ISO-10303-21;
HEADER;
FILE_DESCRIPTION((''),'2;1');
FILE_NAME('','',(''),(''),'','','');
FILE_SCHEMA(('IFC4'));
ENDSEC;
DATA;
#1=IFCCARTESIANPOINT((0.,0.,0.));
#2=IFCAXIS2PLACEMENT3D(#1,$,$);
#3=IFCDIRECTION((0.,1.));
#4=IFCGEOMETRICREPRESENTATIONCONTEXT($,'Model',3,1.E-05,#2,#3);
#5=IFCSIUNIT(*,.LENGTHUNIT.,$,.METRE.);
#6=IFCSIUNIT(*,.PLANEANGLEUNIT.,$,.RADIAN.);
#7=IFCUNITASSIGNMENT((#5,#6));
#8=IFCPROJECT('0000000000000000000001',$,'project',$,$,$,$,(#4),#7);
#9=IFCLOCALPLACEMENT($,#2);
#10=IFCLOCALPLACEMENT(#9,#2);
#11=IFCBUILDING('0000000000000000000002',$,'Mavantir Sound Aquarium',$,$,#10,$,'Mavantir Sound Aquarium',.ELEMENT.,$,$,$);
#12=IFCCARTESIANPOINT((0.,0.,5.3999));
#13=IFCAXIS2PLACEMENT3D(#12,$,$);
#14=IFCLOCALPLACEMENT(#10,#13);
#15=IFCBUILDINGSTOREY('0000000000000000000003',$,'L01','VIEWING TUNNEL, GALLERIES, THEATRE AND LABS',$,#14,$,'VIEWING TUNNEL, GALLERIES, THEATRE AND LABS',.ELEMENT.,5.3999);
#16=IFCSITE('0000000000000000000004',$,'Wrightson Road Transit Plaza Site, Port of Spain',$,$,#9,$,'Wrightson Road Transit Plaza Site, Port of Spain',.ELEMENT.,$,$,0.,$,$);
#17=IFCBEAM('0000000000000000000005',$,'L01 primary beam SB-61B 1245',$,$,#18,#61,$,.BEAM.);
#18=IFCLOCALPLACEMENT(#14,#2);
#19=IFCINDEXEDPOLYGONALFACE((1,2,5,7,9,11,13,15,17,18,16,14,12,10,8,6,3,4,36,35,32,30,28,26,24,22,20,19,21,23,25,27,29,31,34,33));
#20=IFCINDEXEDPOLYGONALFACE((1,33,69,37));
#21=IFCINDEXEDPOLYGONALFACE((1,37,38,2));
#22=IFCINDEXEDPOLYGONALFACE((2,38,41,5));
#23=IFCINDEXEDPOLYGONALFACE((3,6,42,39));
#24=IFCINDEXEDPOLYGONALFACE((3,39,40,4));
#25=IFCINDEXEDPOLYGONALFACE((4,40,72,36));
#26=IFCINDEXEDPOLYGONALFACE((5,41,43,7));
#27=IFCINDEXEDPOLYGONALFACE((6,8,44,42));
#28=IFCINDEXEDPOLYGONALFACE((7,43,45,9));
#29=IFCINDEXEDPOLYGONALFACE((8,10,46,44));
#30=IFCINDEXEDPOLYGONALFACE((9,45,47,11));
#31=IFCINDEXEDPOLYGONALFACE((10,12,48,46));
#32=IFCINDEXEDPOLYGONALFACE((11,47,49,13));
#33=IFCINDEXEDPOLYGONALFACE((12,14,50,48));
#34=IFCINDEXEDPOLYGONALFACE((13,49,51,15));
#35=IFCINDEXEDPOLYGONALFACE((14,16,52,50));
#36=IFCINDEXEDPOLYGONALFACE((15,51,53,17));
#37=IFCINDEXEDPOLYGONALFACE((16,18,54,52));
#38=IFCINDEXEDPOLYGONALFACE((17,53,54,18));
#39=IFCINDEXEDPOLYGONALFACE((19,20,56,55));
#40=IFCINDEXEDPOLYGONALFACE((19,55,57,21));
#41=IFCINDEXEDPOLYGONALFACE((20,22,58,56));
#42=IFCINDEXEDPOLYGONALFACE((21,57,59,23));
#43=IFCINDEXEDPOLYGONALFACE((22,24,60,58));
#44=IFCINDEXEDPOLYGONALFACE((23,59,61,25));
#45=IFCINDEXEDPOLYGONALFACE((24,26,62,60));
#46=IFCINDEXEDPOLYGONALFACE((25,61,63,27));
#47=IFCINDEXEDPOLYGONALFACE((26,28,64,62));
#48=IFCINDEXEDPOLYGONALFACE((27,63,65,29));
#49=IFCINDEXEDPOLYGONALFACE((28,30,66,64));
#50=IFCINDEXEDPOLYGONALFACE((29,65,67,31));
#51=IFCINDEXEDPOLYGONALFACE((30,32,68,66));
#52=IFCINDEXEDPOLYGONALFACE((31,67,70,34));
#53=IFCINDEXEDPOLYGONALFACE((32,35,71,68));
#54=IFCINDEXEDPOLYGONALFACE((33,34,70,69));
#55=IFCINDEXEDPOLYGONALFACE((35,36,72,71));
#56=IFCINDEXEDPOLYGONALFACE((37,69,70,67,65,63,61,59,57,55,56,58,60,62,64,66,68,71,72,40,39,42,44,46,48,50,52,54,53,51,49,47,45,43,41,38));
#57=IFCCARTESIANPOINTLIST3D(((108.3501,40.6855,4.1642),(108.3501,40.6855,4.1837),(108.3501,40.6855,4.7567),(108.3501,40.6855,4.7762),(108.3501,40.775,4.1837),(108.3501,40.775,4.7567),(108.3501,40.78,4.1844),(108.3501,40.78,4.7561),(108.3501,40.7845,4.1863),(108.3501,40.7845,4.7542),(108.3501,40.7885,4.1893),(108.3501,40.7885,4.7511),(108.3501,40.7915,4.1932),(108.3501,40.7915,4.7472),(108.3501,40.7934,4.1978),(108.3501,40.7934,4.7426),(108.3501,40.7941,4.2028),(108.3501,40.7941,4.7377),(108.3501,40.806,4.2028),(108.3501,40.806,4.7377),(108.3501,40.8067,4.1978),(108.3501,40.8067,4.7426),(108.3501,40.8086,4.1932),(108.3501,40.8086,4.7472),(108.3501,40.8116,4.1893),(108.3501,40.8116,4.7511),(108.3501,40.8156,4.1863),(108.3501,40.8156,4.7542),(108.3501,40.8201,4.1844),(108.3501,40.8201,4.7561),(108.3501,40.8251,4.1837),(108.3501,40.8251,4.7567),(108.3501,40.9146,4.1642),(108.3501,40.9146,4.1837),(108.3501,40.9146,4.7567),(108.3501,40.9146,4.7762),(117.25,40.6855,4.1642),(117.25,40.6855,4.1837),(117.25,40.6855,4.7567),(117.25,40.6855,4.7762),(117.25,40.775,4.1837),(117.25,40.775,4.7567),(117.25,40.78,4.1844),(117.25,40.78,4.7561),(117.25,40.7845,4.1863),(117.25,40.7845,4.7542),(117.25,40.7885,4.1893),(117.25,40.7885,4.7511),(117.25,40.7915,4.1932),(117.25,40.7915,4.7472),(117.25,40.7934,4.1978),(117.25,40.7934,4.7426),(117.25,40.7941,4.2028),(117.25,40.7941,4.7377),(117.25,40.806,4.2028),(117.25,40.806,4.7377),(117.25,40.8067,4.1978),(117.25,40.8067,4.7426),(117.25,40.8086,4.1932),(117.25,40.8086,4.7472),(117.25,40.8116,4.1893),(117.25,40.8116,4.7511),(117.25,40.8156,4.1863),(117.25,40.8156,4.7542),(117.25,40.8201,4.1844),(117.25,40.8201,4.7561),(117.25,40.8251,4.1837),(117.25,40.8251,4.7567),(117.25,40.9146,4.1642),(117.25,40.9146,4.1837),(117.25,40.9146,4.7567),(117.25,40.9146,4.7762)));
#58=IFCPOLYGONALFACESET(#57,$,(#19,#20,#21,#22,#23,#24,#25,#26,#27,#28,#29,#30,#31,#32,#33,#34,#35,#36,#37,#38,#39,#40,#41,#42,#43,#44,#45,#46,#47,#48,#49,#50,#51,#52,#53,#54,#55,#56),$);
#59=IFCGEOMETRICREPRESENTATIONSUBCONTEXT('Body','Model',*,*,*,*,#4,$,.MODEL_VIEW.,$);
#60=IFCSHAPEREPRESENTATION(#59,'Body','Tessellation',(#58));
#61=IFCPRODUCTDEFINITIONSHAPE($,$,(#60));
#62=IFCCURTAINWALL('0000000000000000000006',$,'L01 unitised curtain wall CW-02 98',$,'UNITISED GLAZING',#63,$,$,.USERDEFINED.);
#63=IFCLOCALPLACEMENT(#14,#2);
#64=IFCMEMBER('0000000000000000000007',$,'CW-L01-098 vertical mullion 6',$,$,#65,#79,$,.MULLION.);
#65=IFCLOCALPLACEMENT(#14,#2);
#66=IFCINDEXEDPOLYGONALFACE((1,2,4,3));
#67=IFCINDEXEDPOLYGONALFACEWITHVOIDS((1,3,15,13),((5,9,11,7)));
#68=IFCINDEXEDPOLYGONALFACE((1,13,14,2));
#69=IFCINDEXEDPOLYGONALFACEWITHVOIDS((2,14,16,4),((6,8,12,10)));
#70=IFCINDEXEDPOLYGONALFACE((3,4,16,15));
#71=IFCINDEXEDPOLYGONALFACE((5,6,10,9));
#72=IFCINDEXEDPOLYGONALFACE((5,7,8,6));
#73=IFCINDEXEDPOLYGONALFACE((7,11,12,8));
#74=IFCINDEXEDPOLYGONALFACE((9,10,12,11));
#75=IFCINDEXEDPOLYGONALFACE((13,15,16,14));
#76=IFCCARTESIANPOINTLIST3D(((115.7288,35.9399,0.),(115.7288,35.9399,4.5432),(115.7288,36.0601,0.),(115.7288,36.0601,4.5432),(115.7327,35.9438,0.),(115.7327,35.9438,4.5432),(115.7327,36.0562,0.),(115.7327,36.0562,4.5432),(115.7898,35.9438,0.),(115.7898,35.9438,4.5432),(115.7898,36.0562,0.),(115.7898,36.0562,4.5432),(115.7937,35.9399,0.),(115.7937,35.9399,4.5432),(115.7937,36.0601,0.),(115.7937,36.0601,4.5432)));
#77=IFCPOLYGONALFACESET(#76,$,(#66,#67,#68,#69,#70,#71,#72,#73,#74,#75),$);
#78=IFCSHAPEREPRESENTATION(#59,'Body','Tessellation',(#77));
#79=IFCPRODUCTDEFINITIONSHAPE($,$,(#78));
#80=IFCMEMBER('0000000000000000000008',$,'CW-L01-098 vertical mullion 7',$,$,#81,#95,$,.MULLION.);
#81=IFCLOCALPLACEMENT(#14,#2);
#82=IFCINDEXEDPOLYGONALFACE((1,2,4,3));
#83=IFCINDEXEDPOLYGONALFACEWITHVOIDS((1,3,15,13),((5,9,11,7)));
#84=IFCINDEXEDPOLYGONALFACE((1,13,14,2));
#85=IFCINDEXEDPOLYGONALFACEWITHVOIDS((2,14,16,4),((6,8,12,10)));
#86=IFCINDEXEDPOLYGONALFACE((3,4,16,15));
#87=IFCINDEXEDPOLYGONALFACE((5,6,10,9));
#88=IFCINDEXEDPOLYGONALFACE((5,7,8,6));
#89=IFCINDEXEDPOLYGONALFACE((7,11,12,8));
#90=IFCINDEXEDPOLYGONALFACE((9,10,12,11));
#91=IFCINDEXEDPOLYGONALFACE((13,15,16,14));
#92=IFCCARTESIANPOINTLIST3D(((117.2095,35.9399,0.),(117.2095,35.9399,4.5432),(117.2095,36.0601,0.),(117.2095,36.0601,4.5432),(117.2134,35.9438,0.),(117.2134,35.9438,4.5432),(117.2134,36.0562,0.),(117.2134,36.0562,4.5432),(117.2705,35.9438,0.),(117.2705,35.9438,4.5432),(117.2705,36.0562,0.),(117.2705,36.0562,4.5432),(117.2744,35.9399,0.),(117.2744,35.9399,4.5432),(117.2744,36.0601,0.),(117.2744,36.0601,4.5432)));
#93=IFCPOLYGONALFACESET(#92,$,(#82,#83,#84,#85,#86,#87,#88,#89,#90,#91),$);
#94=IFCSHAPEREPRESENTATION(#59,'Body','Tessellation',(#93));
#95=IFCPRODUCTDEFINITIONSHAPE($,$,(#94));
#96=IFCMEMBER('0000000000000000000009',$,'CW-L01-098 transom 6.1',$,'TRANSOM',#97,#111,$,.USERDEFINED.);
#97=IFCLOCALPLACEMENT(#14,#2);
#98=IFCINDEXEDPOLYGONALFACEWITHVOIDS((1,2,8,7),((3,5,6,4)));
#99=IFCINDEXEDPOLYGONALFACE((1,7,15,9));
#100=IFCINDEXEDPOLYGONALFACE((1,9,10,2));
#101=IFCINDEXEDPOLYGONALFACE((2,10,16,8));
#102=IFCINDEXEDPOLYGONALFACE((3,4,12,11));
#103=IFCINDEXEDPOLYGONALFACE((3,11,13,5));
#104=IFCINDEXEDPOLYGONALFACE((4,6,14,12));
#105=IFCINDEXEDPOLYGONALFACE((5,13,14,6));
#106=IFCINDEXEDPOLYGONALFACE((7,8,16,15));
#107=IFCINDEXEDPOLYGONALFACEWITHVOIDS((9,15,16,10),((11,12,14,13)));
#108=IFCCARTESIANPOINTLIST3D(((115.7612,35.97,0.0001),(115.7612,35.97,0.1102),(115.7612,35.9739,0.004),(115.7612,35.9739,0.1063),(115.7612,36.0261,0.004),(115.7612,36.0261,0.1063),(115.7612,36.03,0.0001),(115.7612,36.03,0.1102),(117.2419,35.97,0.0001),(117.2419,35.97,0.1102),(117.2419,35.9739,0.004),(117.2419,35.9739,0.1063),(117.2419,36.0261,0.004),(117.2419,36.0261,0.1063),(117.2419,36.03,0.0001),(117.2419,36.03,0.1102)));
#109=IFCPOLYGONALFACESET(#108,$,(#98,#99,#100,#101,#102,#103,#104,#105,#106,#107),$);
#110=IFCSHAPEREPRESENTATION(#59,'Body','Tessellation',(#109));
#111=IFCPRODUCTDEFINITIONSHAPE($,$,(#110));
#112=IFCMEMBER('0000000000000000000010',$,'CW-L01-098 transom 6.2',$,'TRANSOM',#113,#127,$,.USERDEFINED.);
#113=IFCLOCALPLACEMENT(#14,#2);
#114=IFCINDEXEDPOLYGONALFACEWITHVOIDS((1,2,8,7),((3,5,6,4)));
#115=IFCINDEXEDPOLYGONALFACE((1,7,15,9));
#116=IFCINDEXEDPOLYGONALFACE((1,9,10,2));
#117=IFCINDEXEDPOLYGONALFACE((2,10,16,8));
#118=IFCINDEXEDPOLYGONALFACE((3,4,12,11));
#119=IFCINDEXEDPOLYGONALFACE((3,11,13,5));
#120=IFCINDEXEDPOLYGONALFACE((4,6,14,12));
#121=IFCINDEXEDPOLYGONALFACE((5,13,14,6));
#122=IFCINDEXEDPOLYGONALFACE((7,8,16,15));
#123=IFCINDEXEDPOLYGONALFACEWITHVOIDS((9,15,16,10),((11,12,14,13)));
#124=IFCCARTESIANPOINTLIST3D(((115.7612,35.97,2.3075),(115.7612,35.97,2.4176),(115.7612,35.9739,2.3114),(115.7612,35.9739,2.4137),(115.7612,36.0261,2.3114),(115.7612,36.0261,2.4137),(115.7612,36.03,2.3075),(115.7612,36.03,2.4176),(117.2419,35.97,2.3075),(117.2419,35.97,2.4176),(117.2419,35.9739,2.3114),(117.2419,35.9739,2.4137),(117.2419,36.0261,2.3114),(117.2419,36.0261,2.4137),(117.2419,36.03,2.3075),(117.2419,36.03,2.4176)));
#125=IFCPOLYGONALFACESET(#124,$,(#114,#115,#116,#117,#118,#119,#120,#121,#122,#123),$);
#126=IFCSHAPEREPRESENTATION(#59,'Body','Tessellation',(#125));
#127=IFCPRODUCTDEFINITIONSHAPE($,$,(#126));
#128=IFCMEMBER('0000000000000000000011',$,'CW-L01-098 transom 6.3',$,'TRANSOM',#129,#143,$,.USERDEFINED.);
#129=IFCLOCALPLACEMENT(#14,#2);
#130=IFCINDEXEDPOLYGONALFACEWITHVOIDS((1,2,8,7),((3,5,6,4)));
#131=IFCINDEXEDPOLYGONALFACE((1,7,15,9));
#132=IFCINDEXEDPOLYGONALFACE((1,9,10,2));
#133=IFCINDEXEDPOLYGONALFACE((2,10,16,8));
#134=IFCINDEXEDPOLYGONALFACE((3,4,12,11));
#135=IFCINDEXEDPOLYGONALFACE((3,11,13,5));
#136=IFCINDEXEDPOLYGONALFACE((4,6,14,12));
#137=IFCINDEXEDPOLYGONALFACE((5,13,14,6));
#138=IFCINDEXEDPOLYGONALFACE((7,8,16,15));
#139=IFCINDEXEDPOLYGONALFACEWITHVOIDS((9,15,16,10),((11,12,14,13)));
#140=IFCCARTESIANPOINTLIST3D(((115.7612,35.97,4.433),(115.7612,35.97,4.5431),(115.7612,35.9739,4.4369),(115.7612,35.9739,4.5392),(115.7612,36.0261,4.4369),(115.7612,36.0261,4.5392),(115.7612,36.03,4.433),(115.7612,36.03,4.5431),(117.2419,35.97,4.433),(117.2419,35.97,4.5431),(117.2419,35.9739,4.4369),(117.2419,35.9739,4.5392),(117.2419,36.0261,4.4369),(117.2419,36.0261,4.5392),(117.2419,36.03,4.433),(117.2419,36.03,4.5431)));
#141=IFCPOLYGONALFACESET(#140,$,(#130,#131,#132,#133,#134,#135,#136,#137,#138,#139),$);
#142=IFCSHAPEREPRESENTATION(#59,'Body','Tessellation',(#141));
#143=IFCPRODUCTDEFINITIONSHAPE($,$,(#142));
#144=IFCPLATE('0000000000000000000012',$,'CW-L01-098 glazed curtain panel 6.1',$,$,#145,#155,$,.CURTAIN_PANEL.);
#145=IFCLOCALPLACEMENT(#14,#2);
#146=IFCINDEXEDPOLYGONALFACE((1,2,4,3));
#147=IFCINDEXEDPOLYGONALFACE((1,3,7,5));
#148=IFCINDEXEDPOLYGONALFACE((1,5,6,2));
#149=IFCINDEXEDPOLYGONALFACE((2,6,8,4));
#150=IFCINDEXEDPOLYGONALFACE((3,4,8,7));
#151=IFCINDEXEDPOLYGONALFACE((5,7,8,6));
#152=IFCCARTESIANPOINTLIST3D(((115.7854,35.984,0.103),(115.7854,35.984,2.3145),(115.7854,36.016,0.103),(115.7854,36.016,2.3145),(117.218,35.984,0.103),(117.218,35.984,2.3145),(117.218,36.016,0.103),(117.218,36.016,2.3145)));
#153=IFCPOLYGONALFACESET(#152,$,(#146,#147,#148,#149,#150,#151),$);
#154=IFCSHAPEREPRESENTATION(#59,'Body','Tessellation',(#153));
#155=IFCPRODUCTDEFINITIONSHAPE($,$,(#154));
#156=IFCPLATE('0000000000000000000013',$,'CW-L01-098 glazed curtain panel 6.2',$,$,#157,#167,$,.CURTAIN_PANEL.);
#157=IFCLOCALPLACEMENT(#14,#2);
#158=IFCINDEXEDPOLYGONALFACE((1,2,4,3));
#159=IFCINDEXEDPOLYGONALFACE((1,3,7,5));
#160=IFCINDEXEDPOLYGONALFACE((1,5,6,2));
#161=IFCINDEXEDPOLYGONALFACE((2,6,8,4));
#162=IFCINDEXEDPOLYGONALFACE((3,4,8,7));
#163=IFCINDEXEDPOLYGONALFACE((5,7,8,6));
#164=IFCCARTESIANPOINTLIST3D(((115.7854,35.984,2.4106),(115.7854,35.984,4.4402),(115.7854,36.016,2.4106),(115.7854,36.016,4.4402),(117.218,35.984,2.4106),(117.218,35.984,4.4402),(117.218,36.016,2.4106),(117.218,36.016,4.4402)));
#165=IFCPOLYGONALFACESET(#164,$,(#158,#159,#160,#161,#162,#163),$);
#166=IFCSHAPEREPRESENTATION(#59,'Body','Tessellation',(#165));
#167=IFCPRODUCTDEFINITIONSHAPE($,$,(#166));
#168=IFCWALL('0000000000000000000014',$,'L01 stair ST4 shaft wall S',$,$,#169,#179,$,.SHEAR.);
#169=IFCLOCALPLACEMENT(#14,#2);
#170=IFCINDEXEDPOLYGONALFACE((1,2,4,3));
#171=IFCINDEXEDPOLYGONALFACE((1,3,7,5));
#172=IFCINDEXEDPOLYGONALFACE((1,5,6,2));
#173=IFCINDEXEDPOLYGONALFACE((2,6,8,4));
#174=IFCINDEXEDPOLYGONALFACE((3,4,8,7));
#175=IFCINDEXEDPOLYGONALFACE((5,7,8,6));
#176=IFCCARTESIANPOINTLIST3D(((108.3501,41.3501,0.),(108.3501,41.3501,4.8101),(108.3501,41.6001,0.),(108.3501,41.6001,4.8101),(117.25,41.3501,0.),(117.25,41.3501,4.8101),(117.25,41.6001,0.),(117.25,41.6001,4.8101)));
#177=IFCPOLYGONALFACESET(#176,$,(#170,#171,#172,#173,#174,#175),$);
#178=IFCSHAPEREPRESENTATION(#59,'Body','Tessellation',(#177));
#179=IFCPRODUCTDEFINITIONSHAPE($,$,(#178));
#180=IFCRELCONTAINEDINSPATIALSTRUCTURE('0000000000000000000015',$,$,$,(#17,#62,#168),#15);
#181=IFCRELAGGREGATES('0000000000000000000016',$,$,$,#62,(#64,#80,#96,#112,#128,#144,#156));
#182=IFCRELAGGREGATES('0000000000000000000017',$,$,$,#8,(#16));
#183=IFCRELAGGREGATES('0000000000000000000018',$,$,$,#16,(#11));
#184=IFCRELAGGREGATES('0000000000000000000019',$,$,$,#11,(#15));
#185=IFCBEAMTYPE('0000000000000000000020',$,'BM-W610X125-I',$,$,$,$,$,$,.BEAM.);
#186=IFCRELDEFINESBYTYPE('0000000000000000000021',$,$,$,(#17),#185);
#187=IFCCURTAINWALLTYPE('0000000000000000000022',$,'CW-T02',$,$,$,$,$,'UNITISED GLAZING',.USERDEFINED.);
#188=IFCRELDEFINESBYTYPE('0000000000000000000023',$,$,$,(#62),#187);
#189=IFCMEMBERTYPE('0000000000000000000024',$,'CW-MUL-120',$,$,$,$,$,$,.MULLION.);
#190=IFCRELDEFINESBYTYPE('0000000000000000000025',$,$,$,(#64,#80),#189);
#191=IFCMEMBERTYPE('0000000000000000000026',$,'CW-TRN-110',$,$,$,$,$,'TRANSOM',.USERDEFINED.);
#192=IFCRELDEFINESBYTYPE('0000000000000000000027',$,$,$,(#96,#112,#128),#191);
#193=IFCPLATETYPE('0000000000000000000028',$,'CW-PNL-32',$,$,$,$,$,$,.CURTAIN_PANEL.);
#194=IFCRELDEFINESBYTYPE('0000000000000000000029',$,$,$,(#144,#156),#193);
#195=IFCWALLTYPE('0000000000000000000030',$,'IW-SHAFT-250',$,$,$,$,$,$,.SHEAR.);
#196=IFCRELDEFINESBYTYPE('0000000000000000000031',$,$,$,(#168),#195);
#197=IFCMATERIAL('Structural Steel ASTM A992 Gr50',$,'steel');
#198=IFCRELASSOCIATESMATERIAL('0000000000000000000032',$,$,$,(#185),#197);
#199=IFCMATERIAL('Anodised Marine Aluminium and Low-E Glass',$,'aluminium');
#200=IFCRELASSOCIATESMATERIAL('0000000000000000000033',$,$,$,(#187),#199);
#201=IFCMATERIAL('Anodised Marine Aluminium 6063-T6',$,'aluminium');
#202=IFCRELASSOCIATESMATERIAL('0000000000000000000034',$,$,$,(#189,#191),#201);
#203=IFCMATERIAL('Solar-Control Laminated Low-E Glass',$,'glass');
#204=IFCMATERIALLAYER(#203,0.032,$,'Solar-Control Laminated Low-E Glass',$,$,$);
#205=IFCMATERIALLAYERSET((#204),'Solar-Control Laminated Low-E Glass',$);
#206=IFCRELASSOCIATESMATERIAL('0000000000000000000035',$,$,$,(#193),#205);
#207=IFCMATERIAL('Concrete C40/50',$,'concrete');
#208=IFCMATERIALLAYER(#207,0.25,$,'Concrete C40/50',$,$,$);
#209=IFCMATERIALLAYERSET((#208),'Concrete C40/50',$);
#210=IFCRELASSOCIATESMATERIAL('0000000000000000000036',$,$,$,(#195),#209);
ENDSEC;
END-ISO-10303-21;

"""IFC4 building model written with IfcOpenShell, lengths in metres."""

from ifc_helpers import new_model, si_unit, direction, frame, frame_2d, origin, origin_2d, place, context, subcontext, project, spatial, rectangle, hollow_rectangle, i_section, extrude, material, layer, layer_set, material_profile, profile_set, type_object, element, aggregate, save


model = new_model("IFC4")

# Units and contexts
model_context = context("Model", 3, precision=1e-05, world=origin(), true_north=direction((0.0, 1.0)))
body_context = subcontext(model_context, "Body", "Model", "MODEL_VIEW")
ifc_project = project(units=[si_unit("LENGTHUNIT", "METRE"), si_unit("PLANEANGLEUNIT", "RADIAN")], contexts=[model_context])

# Site, building, storey
site_placement = place(None, origin())
site = spatial("IfcSite", under=ifc_project, at=site_placement, Name="Wrightson Road Transit Plaza Site, Port of Spain", LongName="Wrightson Road Transit Plaza Site, Port of Spain", CompositionType="ELEMENT", RefElevation=0.0)
building_placement = place(site_placement, origin())
building = spatial("IfcBuilding", under=site, at=building_placement, Name="Mavantir Sound Aquarium", LongName="Mavantir Sound Aquarium", CompositionType="ELEMENT")
storey_placement = place(building_placement, frame((0.0, 0.0, 5.3999)))
storey = spatial("IfcBuildingStorey", under=building, at=storey_placement, Name="L01", Description="VIEWING TUNNEL, GALLERIES, THEATRE AND LABS", LongName="VIEWING TUNNEL, GALLERIES, THEATRE AND LABS", CompositionType="ELEMENT", Elevation=5.3999)

# Shared definitions
ifc_material_1 = material(Name="Concrete C40/50", Category="concrete")

# Beam
ifc_material_2 = material(Name="Structural Steel ASTM A992 Gr50", Category="steel")
ifc_material_profile_1 = material_profile(ifc_material_2, i_section(OverallWidth=0.229, OverallDepth=0.6121, WebThickness=0.012, FlangeThickness=0.0195, FilletRadius=0.019, at=origin_2d()), Name="W610X125")
ifc_profile_set_1 = profile_set([ifc_material_profile_1], Name="Structural Steel ASTM A992 Gr50")
beam_type_1 = type_object("IfcBeamType", Name="BM-W610X125-I", PredefinedType="BEAM", material=ifc_profile_set_1)
beam_1_placement = place(storey_placement, frame((108.3501, 40.8, 4.4702), z_axis=(1.0, 0.0, 0.0), x_axis=(0.0, 1.0, 0.0)))
element("IfcBeam", 1, at=beam_1_placement, inside=storey, type_object=beam_type_1, Name="L01 primary beam SB-61B 1245", PredefinedType="BEAM", context=body_context, shape_type="SweptSolid", body=[
    extrude(i_section(OverallWidth=0.229, OverallDepth=0.6121, WebThickness=0.012, FlangeThickness=0.0195, FilletRadius=0.019, at=origin_2d()), origin(), (0.0, 0.0, 1.0), 8.8999),
])

# Curtain wall, members, plates
ifc_material_3 = material(Name="Anodised Marine Aluminium and Low-E Glass", Category="aluminium")
curtain_wall_type = type_object("IfcCurtainWallType", Name="CW-T02", ElementType="UNITISED GLAZING", PredefinedType="USERDEFINED", material=ifc_material_3)
curtain_wall_placement = place(storey_placement, origin())
curtain_wall = element("IfcCurtainWall", 2, at=curtain_wall_placement, inside=storey, type_object=curtain_wall_type, Name="L01 unitised curtain wall CW-02 98", ObjectType="UNITISED GLAZING", PredefinedType="USERDEFINED")
ifc_material_4 = material(Name="Anodised Marine Aluminium 6063-T6", Category="aluminium")
ifc_material_profile_2 = material_profile(ifc_material_4, hollow_rectangle(XDim=0.0649, YDim=0.1201, WallThickness=0.0039, at=origin_2d()), Name="ALU-MULLION-120X65")
ifc_profile_set_2 = profile_set([ifc_material_profile_2], Name="Anodised Marine Aluminium 6063-T6")
member_type_1 = type_object("IfcMemberType", Name="CW-MUL-120", PredefinedType="MULLION", material=ifc_profile_set_2)
member_1_placement = place(storey_placement, frame((115.7612, 36.0, 0.0), z_axis=(0.0, 0.0, 1.0), x_axis=(1.0, 0.0, 0.0)))
member_1 = element("IfcMember", 3, at=member_1_placement, type_object=member_type_1, Name="CW-L01-098 vertical mullion 6", PredefinedType="MULLION", context=body_context, shape_type="SweptSolid", body=[
    extrude(hollow_rectangle(XDim=0.0649, YDim=0.1201, WallThickness=0.0039, at=origin_2d()), origin(), (0.0, 0.0, 1.0), 4.5432),
])
member_2_placement = place(storey_placement, frame((117.2419, 36.0, 0.0), z_axis=(0.0, 0.0, 1.0), x_axis=(1.0, 0.0, 0.0)))
member_2 = element("IfcMember", 4, at=member_2_placement, type_object=member_type_1, Name="CW-L01-098 vertical mullion 7", PredefinedType="MULLION", context=body_context, shape_type="SweptSolid", body=[
    extrude(hollow_rectangle(XDim=0.0649, YDim=0.1201, WallThickness=0.0039, at=origin_2d()), origin(), (0.0, 0.0, 1.0), 4.5432),
])
ifc_material_profile_3 = material_profile(ifc_material_4, hollow_rectangle(XDim=0.0601, YDim=0.1101, WallThickness=0.0039, at=origin_2d()), Name="ALU-TRANSOM-110X60")
ifc_profile_set_3 = profile_set([ifc_material_profile_3], Name="Anodised Marine Aluminium 6063-T6")
member_type_2 = type_object("IfcMemberType", Name="CW-TRN-110", ElementType="TRANSOM", PredefinedType="USERDEFINED", material=ifc_profile_set_3)
member_3_placement = place(storey_placement, frame((115.7612, 36.0, 0.0552), z_axis=(1.0, 0.0, 0.0), x_axis=(0.0, 1.0, 0.0)))
member_3 = element("IfcMember", 5, at=member_3_placement, type_object=member_type_2, Name="CW-L01-098 transom 6.1", ObjectType="TRANSOM", PredefinedType="USERDEFINED", context=body_context, shape_type="SweptSolid", body=[
    extrude(hollow_rectangle(XDim=0.0601, YDim=0.1101, WallThickness=0.0039, at=origin_2d()), origin(), (0.0, 0.0, 1.0), 1.4807),
])
member_4_placement = place(storey_placement, frame((115.7612, 36.0, 2.3625), z_axis=(1.0, 0.0, 0.0), x_axis=(0.0, 1.0, 0.0)))
member_4 = element("IfcMember", 6, at=member_4_placement, type_object=member_type_2, Name="CW-L01-098 transom 6.2", ObjectType="TRANSOM", PredefinedType="USERDEFINED", context=body_context, shape_type="SweptSolid", body=[
    extrude(hollow_rectangle(XDim=0.0601, YDim=0.1101, WallThickness=0.0039, at=origin_2d()), origin(), (0.0, 0.0, 1.0), 1.4807),
])
member_5_placement = place(storey_placement, frame((115.7612, 36.0, 4.488), z_axis=(1.0, 0.0, 0.0), x_axis=(0.0, 1.0, 0.0)))
member_5 = element("IfcMember", 7, at=member_5_placement, type_object=member_type_2, Name="CW-L01-098 transom 6.3", ObjectType="TRANSOM", PredefinedType="USERDEFINED", context=body_context, shape_type="SweptSolid", body=[
    extrude(hollow_rectangle(XDim=0.0601, YDim=0.1101, WallThickness=0.0039, at=origin_2d()), origin(), (0.0, 0.0, 1.0), 1.4807),
])
ifc_material_5 = material(Name="Solar-Control Laminated Low-E Glass", Category="glass")
ifc_layer_1 = layer(ifc_material_5, 0.032, Name="Solar-Control Laminated Low-E Glass")
ifc_layer_set_1 = layer_set([ifc_layer_1], Name="Solar-Control Laminated Low-E Glass")
plate_type = type_object("IfcPlateType", Name="CW-PNL-32", PredefinedType="CURTAIN_PANEL", material=ifc_layer_set_1)
plate_1_placement = place(storey_placement, frame((116.5017, 36.0, 0.103), z_axis=(0.0, 0.0, 1.0), x_axis=(1.0, 0.0, 0.0)))
plate_1 = element("IfcPlate", 8, at=plate_1_placement, type_object=plate_type, Name="CW-L01-098 glazed curtain panel 6.1", PredefinedType="CURTAIN_PANEL", context=body_context, shape_type="SweptSolid", body=[
    extrude(rectangle(XDim=1.4326, YDim=0.032, at=origin_2d()), origin(), (0.0, 0.0, 1.0), 2.2114),
])
plate_2_placement = place(storey_placement, frame((116.5017, 36.0, 2.4106), z_axis=(0.0, 0.0, 1.0), x_axis=(1.0, 0.0, 0.0)))
plate_2 = element("IfcPlate", 9, at=plate_2_placement, type_object=plate_type, Name="CW-L01-098 glazed curtain panel 6.2", PredefinedType="CURTAIN_PANEL", context=body_context, shape_type="SweptSolid", body=[
    extrude(rectangle(XDim=1.4326, YDim=0.032, at=origin_2d()), origin(), (0.0, 0.0, 1.0), 2.0295),
])
aggregate(curtain_wall, [member_1, member_2, member_3, member_4, member_5, plate_1, plate_2])

# Wall
ifc_layer_2 = layer(ifc_material_1, 0.25, Name="Concrete C40/50")
ifc_layer_set_2 = layer_set([ifc_layer_2], Name="Concrete C40/50")
wall_type = type_object("IfcWallType", Name="IW-SHAFT-250", PredefinedType="SHEAR", material=ifc_layer_set_2)
wall_1_placement = place(storey_placement, frame((108.3501, 41.4751, 0.0), z_axis=(0.0, 0.0, 1.0), x_axis=(1.0, 0.0, 0.0)))
element("IfcWall", 10, at=wall_1_placement, inside=storey, type_object=wall_type, Name="L01 stair ST4 shaft wall S", PredefinedType="SHEAR", context=body_context, shape_type="SweptSolid", body=[
    extrude(rectangle(XDim=8.8999, YDim=0.25, at=frame_2d((4.45, 0.0))), origin(), (0.0, 0.0, 1.0), 4.8101),
])

save(model, "model.ifc")
